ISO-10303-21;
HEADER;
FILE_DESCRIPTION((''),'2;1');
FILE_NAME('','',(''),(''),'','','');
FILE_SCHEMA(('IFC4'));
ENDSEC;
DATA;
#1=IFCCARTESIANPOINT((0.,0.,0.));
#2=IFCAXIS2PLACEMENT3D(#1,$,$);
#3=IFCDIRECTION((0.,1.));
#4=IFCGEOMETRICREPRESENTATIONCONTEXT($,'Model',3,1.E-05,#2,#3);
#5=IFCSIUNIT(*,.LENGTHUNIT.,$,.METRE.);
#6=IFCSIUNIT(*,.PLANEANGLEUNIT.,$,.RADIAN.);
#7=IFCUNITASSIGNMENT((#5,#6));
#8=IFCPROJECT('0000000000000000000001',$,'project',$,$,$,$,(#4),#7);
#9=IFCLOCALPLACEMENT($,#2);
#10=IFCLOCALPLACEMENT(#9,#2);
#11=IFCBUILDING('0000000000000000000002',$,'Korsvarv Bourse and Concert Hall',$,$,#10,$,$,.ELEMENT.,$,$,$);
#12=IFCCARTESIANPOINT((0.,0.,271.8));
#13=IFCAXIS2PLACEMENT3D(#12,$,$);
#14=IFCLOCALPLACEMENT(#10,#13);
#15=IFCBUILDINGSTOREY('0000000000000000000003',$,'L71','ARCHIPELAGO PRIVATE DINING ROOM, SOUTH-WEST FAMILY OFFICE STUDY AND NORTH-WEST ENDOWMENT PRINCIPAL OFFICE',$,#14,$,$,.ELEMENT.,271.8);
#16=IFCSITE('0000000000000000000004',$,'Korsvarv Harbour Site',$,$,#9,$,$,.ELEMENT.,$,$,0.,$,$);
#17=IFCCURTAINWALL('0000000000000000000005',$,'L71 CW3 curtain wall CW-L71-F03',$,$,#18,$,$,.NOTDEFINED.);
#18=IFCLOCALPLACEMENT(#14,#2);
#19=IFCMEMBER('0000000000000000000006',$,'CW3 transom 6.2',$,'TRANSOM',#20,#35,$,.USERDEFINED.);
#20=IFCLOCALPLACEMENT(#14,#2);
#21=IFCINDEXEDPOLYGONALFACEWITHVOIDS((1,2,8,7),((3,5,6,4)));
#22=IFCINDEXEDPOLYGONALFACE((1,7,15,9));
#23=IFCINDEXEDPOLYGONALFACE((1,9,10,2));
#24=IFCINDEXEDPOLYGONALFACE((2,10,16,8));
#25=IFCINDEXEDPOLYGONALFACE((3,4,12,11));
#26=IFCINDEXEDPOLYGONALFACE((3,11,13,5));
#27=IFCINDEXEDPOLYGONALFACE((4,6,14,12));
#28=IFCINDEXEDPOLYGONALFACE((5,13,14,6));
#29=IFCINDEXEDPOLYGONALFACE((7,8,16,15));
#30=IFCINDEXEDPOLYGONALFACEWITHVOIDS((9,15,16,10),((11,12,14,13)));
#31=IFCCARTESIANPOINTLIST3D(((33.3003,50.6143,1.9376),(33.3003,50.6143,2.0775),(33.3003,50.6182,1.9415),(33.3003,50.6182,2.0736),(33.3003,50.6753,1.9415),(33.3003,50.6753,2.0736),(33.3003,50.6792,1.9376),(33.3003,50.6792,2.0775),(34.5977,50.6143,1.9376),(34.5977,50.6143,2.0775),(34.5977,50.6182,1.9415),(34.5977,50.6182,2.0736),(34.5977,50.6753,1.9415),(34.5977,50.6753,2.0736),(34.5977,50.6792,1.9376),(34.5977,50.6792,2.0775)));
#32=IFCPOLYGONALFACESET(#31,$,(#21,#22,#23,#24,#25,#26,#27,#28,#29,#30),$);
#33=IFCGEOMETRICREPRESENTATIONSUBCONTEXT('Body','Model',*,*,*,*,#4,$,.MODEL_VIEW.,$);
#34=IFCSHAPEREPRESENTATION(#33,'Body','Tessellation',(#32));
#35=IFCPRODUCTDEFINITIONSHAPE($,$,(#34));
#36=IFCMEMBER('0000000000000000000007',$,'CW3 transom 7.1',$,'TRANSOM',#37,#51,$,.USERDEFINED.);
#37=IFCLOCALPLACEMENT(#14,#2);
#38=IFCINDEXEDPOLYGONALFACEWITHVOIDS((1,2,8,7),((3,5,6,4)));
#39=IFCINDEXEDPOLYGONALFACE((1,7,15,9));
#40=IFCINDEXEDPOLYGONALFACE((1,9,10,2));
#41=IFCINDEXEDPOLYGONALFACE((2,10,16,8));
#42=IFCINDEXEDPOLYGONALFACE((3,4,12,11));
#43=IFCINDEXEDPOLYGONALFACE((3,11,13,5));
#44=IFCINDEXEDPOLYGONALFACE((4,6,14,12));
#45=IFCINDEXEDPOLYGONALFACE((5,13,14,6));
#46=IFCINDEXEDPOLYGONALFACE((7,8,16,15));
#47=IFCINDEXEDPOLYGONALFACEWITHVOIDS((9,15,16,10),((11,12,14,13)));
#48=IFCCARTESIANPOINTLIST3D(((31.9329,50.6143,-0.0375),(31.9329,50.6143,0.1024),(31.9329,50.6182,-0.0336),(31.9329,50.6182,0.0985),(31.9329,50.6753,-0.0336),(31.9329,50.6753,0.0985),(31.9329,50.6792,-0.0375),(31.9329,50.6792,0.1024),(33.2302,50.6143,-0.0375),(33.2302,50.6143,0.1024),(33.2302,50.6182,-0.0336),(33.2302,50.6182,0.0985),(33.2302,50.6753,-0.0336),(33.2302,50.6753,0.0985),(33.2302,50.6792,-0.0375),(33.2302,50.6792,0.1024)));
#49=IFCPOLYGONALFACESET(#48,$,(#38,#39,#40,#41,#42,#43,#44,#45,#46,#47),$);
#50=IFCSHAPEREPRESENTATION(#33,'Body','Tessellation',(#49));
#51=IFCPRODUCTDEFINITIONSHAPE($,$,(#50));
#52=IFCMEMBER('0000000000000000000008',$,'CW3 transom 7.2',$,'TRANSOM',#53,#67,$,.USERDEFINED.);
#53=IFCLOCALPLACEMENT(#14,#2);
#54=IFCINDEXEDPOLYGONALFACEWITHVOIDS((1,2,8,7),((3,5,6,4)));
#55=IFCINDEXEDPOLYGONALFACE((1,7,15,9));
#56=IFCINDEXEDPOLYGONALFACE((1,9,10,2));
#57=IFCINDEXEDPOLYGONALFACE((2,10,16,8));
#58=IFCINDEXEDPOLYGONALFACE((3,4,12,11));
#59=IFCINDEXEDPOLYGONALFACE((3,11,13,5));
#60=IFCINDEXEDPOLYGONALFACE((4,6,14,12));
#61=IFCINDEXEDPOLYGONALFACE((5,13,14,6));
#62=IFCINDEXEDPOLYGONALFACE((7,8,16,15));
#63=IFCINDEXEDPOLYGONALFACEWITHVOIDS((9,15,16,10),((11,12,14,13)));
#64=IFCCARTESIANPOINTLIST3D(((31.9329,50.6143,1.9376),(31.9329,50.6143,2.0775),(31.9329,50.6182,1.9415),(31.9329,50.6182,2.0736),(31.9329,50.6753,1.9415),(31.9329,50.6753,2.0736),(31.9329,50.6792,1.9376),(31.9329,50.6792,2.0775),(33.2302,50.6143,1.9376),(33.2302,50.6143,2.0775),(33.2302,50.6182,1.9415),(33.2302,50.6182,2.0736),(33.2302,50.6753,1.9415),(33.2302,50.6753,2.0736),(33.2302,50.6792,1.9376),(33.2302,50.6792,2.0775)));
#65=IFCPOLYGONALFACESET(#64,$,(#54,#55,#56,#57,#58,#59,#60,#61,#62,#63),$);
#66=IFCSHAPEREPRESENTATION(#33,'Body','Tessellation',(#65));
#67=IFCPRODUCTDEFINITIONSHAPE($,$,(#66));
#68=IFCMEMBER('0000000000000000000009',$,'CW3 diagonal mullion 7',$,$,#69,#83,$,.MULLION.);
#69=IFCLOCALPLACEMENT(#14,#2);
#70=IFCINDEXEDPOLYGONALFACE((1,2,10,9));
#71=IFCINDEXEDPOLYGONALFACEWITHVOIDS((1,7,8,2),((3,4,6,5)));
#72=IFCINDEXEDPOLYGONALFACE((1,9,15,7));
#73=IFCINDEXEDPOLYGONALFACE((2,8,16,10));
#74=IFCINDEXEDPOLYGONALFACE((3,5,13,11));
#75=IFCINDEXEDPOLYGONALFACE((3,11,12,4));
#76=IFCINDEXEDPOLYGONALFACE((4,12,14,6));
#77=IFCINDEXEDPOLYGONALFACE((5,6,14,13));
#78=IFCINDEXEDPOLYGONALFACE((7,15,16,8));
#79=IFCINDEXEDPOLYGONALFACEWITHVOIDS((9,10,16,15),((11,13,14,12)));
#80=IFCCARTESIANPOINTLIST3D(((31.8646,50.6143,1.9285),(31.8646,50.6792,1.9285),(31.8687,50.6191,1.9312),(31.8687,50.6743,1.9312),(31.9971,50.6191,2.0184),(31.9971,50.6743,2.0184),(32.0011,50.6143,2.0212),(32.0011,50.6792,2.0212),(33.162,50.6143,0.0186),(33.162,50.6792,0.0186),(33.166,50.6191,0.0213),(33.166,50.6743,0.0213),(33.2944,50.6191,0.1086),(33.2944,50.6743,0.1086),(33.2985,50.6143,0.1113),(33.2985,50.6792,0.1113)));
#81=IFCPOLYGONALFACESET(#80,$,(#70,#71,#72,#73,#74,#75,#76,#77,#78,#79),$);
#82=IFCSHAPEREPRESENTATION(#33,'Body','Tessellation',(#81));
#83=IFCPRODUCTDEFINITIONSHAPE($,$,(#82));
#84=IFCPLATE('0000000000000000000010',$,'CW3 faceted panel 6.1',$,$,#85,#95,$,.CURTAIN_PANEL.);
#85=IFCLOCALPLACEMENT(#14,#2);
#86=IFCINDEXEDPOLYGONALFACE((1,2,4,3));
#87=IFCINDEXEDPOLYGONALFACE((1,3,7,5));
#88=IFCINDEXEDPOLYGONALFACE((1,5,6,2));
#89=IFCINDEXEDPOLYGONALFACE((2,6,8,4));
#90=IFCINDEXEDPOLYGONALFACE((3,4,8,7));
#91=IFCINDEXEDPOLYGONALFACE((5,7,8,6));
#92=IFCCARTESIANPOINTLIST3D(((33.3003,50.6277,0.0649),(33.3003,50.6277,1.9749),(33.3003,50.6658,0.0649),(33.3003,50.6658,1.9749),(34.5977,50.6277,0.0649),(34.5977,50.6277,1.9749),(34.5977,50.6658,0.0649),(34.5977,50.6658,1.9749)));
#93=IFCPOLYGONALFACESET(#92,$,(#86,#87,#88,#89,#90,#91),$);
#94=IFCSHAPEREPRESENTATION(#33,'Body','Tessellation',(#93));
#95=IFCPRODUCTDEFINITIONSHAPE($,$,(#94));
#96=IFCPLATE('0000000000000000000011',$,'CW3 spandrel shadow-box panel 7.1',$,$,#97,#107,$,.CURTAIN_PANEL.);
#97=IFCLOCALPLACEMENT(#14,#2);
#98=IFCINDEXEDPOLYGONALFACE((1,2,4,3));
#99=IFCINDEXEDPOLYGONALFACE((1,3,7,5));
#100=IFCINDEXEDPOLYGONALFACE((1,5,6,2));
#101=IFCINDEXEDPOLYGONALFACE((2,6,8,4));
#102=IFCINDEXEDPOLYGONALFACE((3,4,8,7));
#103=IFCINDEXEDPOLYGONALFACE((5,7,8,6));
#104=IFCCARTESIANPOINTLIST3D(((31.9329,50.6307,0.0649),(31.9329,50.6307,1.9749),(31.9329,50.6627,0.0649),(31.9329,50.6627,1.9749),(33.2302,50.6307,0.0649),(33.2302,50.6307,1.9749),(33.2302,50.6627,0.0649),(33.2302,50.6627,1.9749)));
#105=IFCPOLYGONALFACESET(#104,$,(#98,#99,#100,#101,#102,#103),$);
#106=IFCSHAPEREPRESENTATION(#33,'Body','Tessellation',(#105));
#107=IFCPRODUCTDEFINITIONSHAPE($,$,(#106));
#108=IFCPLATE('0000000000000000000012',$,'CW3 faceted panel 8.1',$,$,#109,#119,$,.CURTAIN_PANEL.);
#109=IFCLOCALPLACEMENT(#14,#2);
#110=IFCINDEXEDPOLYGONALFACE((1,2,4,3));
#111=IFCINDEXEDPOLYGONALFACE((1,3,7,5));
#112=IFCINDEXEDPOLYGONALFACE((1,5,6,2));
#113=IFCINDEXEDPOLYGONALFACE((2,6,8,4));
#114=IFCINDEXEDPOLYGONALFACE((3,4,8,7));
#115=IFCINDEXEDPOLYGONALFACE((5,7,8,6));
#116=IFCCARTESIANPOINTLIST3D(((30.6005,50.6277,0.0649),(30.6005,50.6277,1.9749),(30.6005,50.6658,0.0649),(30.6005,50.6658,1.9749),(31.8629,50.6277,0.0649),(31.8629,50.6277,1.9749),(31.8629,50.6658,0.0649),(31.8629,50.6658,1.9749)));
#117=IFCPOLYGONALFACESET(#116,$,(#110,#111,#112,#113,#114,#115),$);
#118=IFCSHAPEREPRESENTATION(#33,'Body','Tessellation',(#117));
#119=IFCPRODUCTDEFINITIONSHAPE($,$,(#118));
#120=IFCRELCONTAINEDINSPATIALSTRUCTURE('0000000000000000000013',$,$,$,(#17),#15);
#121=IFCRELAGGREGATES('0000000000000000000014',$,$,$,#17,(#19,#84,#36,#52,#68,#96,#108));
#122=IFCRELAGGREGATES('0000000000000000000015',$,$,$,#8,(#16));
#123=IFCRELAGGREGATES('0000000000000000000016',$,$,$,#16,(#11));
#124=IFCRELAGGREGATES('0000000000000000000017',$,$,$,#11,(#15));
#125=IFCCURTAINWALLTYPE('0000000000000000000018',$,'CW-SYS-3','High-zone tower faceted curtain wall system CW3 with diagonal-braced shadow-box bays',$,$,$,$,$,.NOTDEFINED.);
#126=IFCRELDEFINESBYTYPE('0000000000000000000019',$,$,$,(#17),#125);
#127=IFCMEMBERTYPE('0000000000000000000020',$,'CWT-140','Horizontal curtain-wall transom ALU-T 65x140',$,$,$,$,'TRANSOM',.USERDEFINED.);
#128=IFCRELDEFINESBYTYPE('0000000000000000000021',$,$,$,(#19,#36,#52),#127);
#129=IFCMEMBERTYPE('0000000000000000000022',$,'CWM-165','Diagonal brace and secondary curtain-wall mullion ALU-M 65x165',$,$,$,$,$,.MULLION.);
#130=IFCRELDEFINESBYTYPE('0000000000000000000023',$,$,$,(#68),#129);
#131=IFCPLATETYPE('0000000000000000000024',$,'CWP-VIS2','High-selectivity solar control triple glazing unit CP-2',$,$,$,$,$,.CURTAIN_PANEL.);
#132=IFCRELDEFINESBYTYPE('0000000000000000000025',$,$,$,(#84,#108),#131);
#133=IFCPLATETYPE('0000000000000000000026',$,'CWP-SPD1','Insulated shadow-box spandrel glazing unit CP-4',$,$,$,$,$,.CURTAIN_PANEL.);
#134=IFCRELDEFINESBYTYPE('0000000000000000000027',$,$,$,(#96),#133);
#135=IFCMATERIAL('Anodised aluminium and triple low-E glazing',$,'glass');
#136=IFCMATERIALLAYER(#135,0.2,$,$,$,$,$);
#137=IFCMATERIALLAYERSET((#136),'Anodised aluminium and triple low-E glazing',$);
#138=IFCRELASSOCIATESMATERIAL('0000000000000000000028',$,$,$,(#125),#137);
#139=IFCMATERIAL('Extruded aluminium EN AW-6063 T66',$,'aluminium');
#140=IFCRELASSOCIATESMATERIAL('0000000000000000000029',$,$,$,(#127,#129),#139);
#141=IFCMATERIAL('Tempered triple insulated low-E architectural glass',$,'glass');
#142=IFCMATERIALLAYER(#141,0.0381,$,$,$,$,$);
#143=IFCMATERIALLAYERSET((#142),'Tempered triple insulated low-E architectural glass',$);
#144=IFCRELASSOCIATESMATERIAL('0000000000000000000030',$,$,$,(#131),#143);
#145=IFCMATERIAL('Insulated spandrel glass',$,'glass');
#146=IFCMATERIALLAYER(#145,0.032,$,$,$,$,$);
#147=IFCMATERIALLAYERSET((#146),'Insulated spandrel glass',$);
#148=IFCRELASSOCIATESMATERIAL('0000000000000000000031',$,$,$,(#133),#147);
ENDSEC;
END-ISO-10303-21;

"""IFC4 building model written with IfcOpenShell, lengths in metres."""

from ifc_helpers import new_model, si_unit, direction, frame, origin, origin_2d, place, context, subcontext, project, spatial, rectangle, hollow_rectangle, extrude, source, transform, mapped, material, layer, layer_set, material_profile, profile_set, type_object, element, aggregate, save


model = new_model("IFC4")

# Units and contexts
model_context = context("Model", 3, precision=1e-05, world=origin(), true_north=direction((0.0, 1.0)))
body_context = subcontext(model_context, "Body", "Model", "MODEL_VIEW")
ifc_project = project(units=[si_unit("LENGTHUNIT", "METRE"), si_unit("PLANEANGLEUNIT", "RADIAN")], contexts=[model_context])

# Site, building, storey
site_placement = place(None, origin())
site = spatial("IfcSite", under=ifc_project, at=site_placement, Name="Korsvarv Harbour Site", CompositionType="ELEMENT", RefElevation=0.0)
building_placement = place(site_placement, origin())
building = spatial("IfcBuilding", under=site, at=building_placement, Name="Korsvarv Bourse and Concert Hall", CompositionType="ELEMENT")
storey_placement = place(building_placement, frame((0.0, 0.0, 271.8)))
storey = spatial("IfcBuildingStorey", under=building, at=storey_placement, Name="L71", Description="ARCHIPELAGO PRIVATE DINING ROOM, SOUTH-WEST FAMILY OFFICE STUDY AND NORTH-WEST ENDOWMENT PRINCIPAL OFFICE", CompositionType="ELEMENT", Elevation=271.8)

# Curtain wall, members, plates
ifc_material_1 = material(Name="Anodised aluminium and triple low-E glazing", Category="glass")
ifc_layer_1 = layer(ifc_material_1, 0.2)
ifc_layer_set_1 = layer_set([ifc_layer_1], Name="Anodised aluminium and triple low-E glazing")
curtain_wall_type = type_object("IfcCurtainWallType", Name="CW-SYS-3", Description="High-zone tower faceted curtain wall system CW3 with diagonal-braced shadow-box bays", PredefinedType="NOTDEFINED", material=ifc_layer_set_1)
curtain_wall_placement = place(storey_placement, origin())
curtain_wall = element("IfcCurtainWall", 1, at=curtain_wall_placement, inside=storey, type_object=curtain_wall_type, Name="L71 CW3 curtain wall CW-L71-F03", PredefinedType="NOTDEFINED")
ifc_material_2 = material(Name="Extruded aluminium EN AW-6063 T66", Category="aluminium")
ifc_material_profile_1 = material_profile(ifc_material_2, hollow_rectangle(XDim=0.0649, YDim=0.1399, WallThickness=0.0039, at=origin_2d()), Name="ALU-T 65x140")
ifc_profile_set_1 = profile_set([ifc_material_profile_1], Name="Extruded aluminium EN AW-6063 T66")
member_type_1 = type_object("IfcMemberType", Name="CWT-140", Description="Horizontal curtain-wall transom ALU-T 65x140", ElementType="TRANSOM", PredefinedType="USERDEFINED", material=ifc_profile_set_1)
shared_shape_1 = source(origin(), body_context, "Body", "SweptSolid", [
    extrude(hollow_rectangle(XDim=0.0649, YDim=0.1399, WallThickness=0.0039, at=origin_2d()), origin(), (0.0, 0.0, 1.0), 1.2974),
])
member_1_placement = place(storey_placement, frame((34.5977, 50.6467, 2.0076), z_axis=(-1.0, 0.0, 0.0), x_axis=(0.0, -1.0, 0.0)))
member_1 = element("IfcMember", 2, at=member_1_placement, type_object=member_type_1, Name="CW3 transom 6.2", ObjectType="TRANSOM", PredefinedType="USERDEFINED", context=body_context, shape_type="MappedRepresentation", body=[
    mapped(shared_shape_1, transform((0.0, 0.0, 0.0), scale=1.0)),
])
member_2_placement = place(storey_placement, frame((33.2302, 50.6467, 0.0325), z_axis=(-1.0, 0.0, 0.0), x_axis=(0.0, -1.0, 0.0)))
member_2 = element("IfcMember", 3, at=member_2_placement, type_object=member_type_1, Name="CW3 transom 7.1", ObjectType="TRANSOM", PredefinedType="USERDEFINED", context=body_context, shape_type="MappedRepresentation", body=[
    mapped(shared_shape_1, transform((0.0, 0.0, 0.0), scale=1.0)),
])
member_3_placement = place(storey_placement, frame((33.2302, 50.6467, 2.0076), z_axis=(-1.0, 0.0, 0.0), x_axis=(0.0, -1.0, 0.0)))
member_3 = element("IfcMember", 4, at=member_3_placement, type_object=member_type_1, Name="CW3 transom 7.2", ObjectType="TRANSOM", PredefinedType="USERDEFINED", context=body_context, shape_type="MappedRepresentation", body=[
    mapped(shared_shape_1, transform((0.0, 0.0, 0.0), scale=1.0)),
])
ifc_material_profile_2 = material_profile(ifc_material_2, hollow_rectangle(XDim=0.0649, YDim=0.165, WallThickness=0.0049, at=origin_2d()), Name="ALU-M 65x165")
ifc_profile_set_2 = profile_set([ifc_material_profile_2], Name="Extruded aluminium EN AW-6063 T66")
member_type_2 = type_object("IfcMemberType", Name="CWM-165", Description="Diagonal brace and secondary curtain-wall mullion ALU-M 65x165", PredefinedType="MULLION", material=ifc_profile_set_2)
shared_shape_2 = source(origin(), body_context, "Body", "SweptSolid", [
    extrude(hollow_rectangle(XDim=0.0649, YDim=0.165, WallThickness=0.0049, at=origin_2d()), origin(), (0.0, 0.0, 1.0), 2.3088),
])
member_4_placement = place(storey_placement, frame((33.2302, 50.6467, 0.0649), z_axis=(-0.561902, 0.0, 0.827204), x_axis=(0.0, -1.0, 0.0)))
member_4 = element("IfcMember", 5, at=member_4_placement, type_object=member_type_2, Name="CW3 diagonal mullion 7", PredefinedType="MULLION", context=body_context, shape_type="MappedRepresentation", body=[
    mapped(shared_shape_2, transform((0.0, 0.0, 0.0), scale=1.0)),
])
ifc_material_3 = material(Name="Tempered triple insulated low-E architectural glass", Category="glass")
ifc_layer_2 = layer(ifc_material_3, 0.0381)
ifc_layer_set_2 = layer_set([ifc_layer_2], Name="Tempered triple insulated low-E architectural glass")
plate_type_1 = type_object("IfcPlateType", Name="CWP-VIS2", Description="High-selectivity solar control triple glazing unit CP-2", PredefinedType="CURTAIN_PANEL", material=ifc_layer_set_2)
shared_shape_3 = source(origin(), body_context, "Body", "SweptSolid", [
    extrude(rectangle(XDim=1.2974, YDim=0.0381, at=origin_2d()), origin(), (0.0, 0.0, 1.0), 1.9099),
])
plate_1_placement = place(storey_placement, frame((33.949, 50.6467, 0.0649), z_axis=(0.0, 0.0, 1.0), x_axis=(-1.0, 0.0, 0.0)))
plate_1 = element("IfcPlate", 6, at=plate_1_placement, type_object=plate_type_1, Name="CW3 faceted panel 6.1", PredefinedType="CURTAIN_PANEL", context=body_context, shape_type="MappedRepresentation", body=[
    mapped(shared_shape_3, transform((0.0, 0.0, 0.0), scale=1.0)),
])
ifc_material_4 = material(Name="Insulated spandrel glass", Category="glass")
ifc_layer_3 = layer(ifc_material_4, 0.032)
ifc_layer_set_3 = layer_set([ifc_layer_3], Name="Insulated spandrel glass")
plate_type_2 = type_object("IfcPlateType", Name="CWP-SPD1", Description="Insulated shadow-box spandrel glazing unit CP-4", PredefinedType="CURTAIN_PANEL", material=ifc_layer_set_3)
shared_shape_4 = source(origin(), body_context, "Body", "SweptSolid", [
    extrude(rectangle(XDim=1.2974, YDim=0.032, at=origin_2d()), origin(), (0.0, 0.0, 1.0), 1.9099),
])
plate_2_placement = place(storey_placement, frame((32.5815, 50.6467, 0.0649), z_axis=(0.0, 0.0, 1.0), x_axis=(-1.0, 0.0, 0.0)))
plate_2 = element("IfcPlate", 7, at=plate_2_placement, type_object=plate_type_2, Name="CW3 spandrel shadow-box panel 7.1", PredefinedType="CURTAIN_PANEL", context=body_context, shape_type="MappedRepresentation", body=[
    mapped(shared_shape_4, transform((0.0, 0.0, 0.0), scale=1.0)),
])
shared_shape_5 = source(origin(), body_context, "Body", "SweptSolid", [
    extrude(rectangle(XDim=1.2625, YDim=0.0381, at=origin_2d()), origin(), (0.0, 0.0, 1.0), 1.9099),
])
plate_3_placement = place(storey_placement, frame((31.2317, 50.6467, 0.0649), z_axis=(0.0, 0.0, 1.0), x_axis=(-1.0, 0.0, 0.0)))
plate_3 = element("IfcPlate", 8, at=plate_3_placement, type_object=plate_type_1, Name="CW3 faceted panel 8.1", PredefinedType="CURTAIN_PANEL", context=body_context, shape_type="MappedRepresentation", body=[
    mapped(shared_shape_5, transform((0.0, 0.0, 0.0), scale=1.0)),
])
aggregate(curtain_wall, [member_1, plate_1, member_2, member_3, member_4, plate_2, plate_3])

save(model, "model.ifc")
